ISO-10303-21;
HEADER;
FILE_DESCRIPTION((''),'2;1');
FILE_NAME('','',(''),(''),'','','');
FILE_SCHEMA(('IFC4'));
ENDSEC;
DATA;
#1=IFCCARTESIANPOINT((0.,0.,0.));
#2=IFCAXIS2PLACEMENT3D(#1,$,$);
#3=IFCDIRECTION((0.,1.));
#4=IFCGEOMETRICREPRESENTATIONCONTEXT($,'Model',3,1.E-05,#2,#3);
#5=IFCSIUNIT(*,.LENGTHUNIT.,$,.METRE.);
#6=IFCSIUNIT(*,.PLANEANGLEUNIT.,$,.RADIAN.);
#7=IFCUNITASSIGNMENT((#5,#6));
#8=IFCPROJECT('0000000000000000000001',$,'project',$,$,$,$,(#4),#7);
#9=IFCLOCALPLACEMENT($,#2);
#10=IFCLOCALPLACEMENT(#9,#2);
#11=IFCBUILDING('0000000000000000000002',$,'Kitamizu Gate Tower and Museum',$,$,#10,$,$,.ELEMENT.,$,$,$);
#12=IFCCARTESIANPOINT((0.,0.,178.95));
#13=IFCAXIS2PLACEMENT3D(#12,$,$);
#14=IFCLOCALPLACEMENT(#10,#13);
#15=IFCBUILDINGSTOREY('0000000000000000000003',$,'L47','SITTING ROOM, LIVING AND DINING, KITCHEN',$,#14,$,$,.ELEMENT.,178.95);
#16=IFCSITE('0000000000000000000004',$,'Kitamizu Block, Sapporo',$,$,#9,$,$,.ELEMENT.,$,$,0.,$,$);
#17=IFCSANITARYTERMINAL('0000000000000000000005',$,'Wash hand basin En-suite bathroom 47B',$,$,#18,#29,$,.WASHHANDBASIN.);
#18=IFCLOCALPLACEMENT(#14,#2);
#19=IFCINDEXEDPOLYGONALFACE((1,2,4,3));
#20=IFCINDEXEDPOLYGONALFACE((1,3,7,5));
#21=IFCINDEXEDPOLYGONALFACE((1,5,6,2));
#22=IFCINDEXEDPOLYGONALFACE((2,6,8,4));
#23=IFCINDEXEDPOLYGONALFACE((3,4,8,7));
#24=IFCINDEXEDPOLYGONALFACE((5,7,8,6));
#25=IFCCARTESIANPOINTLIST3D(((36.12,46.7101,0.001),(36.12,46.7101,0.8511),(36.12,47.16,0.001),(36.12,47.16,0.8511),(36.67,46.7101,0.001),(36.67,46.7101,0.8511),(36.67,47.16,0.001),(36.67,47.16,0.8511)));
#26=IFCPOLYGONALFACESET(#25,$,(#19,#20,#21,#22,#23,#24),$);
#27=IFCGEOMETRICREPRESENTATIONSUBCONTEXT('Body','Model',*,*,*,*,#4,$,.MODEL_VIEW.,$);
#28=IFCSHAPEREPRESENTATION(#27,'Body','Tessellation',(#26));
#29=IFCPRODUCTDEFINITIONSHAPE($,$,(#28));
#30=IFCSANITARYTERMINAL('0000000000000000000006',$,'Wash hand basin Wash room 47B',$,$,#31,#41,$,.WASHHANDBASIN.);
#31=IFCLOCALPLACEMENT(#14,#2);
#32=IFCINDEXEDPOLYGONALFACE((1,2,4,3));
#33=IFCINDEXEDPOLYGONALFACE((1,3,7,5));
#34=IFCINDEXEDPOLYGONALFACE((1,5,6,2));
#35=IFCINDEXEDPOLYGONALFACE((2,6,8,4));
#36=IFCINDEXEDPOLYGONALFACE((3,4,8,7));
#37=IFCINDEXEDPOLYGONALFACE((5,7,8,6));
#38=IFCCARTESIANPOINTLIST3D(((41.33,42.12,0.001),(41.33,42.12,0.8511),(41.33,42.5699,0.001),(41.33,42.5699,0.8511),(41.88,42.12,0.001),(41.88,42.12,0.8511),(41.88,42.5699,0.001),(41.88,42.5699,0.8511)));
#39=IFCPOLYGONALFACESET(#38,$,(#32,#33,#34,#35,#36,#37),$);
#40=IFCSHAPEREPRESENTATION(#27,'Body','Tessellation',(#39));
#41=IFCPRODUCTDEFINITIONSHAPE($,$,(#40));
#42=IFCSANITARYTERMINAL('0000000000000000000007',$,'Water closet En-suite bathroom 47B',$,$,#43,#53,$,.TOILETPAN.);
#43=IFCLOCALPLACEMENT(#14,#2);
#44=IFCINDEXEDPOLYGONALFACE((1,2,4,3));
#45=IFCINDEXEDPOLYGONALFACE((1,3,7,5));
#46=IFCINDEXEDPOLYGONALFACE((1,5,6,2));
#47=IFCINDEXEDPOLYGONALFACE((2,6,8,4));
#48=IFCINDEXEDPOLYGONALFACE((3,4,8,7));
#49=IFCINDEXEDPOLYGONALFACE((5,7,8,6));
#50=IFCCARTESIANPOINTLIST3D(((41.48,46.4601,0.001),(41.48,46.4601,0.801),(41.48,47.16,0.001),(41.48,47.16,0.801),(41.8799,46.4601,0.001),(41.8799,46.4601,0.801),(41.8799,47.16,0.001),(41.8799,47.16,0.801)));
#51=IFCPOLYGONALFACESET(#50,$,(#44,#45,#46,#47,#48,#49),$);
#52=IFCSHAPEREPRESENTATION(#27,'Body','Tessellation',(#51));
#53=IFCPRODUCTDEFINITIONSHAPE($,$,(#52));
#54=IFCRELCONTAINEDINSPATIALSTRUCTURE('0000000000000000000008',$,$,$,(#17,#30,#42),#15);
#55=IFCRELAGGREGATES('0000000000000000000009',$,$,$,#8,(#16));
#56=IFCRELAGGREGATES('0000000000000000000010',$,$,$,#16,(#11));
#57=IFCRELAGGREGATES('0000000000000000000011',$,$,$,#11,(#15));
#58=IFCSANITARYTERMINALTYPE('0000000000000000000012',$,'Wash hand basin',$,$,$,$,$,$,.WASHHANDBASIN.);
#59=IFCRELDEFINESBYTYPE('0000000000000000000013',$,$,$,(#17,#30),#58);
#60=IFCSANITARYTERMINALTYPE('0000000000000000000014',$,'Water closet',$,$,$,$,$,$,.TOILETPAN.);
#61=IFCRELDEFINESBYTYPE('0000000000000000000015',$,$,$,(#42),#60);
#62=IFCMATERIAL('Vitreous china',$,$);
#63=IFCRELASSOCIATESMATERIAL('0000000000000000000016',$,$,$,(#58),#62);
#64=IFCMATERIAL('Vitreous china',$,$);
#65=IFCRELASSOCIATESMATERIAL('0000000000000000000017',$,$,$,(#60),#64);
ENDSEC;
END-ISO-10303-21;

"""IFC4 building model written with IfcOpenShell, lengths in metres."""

from ifc_helpers import new_model, si_unit, direction, frame, origin, origin_2d, place, context, subcontext, project, spatial, rectangle, extrude, material, type_object, element, save


model = new_model("IFC4")

# Units and contexts
model_context = context("Model", 3, precision=1e-05, world=origin(), true_north=direction((0.0, 1.0)))
body_context = subcontext(model_context, "Body", "Model", "MODEL_VIEW")
ifc_project = project(units=[si_unit("LENGTHUNIT", "METRE"), si_unit("PLANEANGLEUNIT", "RADIAN")], contexts=[model_context])

# Site, building, storey
site_placement = place(None, origin())
site = spatial("IfcSite", under=ifc_project, at=site_placement, Name="Kitamizu Block, Sapporo", CompositionType="ELEMENT", RefElevation=0.0)
building_placement = place(site_placement, origin())
building = spatial("IfcBuilding", under=site, at=building_placement, Name="Kitamizu Gate Tower and Museum", CompositionType="ELEMENT")
storey_placement = place(building_placement, frame((0.0, 0.0, 178.95)))
storey = spatial("IfcBuildingStorey", under=building, at=storey_placement, Name="L47", Description="SITTING ROOM, LIVING AND DINING, KITCHEN", CompositionType="ELEMENT", Elevation=178.95)

# Sanitary terminals
ifc_material_1 = material(Name="Vitreous china")
sanitary_terminal_type_1 = type_object("IfcSanitaryTerminalType", Name="Wash hand basin", PredefinedType="WASHHANDBASIN", material=ifc_material_1)
for number, where, z_axis, x_axis, name in (
    (1, (36.395, 46.9351, 0.001), (0.0, 0.0, 1.0), (1.0, 0.0, 0.0), "Wash hand basin En-suite bathroom 47B"),
    (2, (41.605, 42.345, 0.001), (0.0, 0.0, 1.0), (1.0, 0.0, 0.0), "Wash hand basin Wash room 47B"),
):
    element("IfcSanitaryTerminal", number, at=place(storey_placement, frame(where, z_axis=z_axis, x_axis=x_axis)), inside=storey, type_object=sanitary_terminal_type_1, Name=name, PredefinedType="WASHHANDBASIN", context=body_context, shape_type="SweptSolid", body=[
        extrude(rectangle(XDim=0.55, YDim=0.45, at=origin_2d()), origin(), (0.0, 0.0, 1.0), 0.8501),
    ])
ifc_material_2 = material(Name="Vitreous china")
sanitary_terminal_type_2 = type_object("IfcSanitaryTerminalType", Name="Water closet", PredefinedType="TOILETPAN", material=ifc_material_2)
sanitary_terminal_1_placement = place(storey_placement, frame((41.6799, 46.8101, 0.001), z_axis=(0.0, 0.0, 1.0), x_axis=(1.0, 0.0, 0.0)))
element("IfcSanitaryTerminal", 3, at=sanitary_terminal_1_placement, inside=storey, type_object=sanitary_terminal_type_2, Name="Water closet En-suite bathroom 47B", PredefinedType="TOILETPAN", context=body_context, shape_type="SweptSolid", body=[
    extrude(rectangle(XDim=0.3999, YDim=0.7, at=origin_2d()), origin(), (0.0, 0.0, 1.0), 0.8),
])

save(model, "model.ifc")
